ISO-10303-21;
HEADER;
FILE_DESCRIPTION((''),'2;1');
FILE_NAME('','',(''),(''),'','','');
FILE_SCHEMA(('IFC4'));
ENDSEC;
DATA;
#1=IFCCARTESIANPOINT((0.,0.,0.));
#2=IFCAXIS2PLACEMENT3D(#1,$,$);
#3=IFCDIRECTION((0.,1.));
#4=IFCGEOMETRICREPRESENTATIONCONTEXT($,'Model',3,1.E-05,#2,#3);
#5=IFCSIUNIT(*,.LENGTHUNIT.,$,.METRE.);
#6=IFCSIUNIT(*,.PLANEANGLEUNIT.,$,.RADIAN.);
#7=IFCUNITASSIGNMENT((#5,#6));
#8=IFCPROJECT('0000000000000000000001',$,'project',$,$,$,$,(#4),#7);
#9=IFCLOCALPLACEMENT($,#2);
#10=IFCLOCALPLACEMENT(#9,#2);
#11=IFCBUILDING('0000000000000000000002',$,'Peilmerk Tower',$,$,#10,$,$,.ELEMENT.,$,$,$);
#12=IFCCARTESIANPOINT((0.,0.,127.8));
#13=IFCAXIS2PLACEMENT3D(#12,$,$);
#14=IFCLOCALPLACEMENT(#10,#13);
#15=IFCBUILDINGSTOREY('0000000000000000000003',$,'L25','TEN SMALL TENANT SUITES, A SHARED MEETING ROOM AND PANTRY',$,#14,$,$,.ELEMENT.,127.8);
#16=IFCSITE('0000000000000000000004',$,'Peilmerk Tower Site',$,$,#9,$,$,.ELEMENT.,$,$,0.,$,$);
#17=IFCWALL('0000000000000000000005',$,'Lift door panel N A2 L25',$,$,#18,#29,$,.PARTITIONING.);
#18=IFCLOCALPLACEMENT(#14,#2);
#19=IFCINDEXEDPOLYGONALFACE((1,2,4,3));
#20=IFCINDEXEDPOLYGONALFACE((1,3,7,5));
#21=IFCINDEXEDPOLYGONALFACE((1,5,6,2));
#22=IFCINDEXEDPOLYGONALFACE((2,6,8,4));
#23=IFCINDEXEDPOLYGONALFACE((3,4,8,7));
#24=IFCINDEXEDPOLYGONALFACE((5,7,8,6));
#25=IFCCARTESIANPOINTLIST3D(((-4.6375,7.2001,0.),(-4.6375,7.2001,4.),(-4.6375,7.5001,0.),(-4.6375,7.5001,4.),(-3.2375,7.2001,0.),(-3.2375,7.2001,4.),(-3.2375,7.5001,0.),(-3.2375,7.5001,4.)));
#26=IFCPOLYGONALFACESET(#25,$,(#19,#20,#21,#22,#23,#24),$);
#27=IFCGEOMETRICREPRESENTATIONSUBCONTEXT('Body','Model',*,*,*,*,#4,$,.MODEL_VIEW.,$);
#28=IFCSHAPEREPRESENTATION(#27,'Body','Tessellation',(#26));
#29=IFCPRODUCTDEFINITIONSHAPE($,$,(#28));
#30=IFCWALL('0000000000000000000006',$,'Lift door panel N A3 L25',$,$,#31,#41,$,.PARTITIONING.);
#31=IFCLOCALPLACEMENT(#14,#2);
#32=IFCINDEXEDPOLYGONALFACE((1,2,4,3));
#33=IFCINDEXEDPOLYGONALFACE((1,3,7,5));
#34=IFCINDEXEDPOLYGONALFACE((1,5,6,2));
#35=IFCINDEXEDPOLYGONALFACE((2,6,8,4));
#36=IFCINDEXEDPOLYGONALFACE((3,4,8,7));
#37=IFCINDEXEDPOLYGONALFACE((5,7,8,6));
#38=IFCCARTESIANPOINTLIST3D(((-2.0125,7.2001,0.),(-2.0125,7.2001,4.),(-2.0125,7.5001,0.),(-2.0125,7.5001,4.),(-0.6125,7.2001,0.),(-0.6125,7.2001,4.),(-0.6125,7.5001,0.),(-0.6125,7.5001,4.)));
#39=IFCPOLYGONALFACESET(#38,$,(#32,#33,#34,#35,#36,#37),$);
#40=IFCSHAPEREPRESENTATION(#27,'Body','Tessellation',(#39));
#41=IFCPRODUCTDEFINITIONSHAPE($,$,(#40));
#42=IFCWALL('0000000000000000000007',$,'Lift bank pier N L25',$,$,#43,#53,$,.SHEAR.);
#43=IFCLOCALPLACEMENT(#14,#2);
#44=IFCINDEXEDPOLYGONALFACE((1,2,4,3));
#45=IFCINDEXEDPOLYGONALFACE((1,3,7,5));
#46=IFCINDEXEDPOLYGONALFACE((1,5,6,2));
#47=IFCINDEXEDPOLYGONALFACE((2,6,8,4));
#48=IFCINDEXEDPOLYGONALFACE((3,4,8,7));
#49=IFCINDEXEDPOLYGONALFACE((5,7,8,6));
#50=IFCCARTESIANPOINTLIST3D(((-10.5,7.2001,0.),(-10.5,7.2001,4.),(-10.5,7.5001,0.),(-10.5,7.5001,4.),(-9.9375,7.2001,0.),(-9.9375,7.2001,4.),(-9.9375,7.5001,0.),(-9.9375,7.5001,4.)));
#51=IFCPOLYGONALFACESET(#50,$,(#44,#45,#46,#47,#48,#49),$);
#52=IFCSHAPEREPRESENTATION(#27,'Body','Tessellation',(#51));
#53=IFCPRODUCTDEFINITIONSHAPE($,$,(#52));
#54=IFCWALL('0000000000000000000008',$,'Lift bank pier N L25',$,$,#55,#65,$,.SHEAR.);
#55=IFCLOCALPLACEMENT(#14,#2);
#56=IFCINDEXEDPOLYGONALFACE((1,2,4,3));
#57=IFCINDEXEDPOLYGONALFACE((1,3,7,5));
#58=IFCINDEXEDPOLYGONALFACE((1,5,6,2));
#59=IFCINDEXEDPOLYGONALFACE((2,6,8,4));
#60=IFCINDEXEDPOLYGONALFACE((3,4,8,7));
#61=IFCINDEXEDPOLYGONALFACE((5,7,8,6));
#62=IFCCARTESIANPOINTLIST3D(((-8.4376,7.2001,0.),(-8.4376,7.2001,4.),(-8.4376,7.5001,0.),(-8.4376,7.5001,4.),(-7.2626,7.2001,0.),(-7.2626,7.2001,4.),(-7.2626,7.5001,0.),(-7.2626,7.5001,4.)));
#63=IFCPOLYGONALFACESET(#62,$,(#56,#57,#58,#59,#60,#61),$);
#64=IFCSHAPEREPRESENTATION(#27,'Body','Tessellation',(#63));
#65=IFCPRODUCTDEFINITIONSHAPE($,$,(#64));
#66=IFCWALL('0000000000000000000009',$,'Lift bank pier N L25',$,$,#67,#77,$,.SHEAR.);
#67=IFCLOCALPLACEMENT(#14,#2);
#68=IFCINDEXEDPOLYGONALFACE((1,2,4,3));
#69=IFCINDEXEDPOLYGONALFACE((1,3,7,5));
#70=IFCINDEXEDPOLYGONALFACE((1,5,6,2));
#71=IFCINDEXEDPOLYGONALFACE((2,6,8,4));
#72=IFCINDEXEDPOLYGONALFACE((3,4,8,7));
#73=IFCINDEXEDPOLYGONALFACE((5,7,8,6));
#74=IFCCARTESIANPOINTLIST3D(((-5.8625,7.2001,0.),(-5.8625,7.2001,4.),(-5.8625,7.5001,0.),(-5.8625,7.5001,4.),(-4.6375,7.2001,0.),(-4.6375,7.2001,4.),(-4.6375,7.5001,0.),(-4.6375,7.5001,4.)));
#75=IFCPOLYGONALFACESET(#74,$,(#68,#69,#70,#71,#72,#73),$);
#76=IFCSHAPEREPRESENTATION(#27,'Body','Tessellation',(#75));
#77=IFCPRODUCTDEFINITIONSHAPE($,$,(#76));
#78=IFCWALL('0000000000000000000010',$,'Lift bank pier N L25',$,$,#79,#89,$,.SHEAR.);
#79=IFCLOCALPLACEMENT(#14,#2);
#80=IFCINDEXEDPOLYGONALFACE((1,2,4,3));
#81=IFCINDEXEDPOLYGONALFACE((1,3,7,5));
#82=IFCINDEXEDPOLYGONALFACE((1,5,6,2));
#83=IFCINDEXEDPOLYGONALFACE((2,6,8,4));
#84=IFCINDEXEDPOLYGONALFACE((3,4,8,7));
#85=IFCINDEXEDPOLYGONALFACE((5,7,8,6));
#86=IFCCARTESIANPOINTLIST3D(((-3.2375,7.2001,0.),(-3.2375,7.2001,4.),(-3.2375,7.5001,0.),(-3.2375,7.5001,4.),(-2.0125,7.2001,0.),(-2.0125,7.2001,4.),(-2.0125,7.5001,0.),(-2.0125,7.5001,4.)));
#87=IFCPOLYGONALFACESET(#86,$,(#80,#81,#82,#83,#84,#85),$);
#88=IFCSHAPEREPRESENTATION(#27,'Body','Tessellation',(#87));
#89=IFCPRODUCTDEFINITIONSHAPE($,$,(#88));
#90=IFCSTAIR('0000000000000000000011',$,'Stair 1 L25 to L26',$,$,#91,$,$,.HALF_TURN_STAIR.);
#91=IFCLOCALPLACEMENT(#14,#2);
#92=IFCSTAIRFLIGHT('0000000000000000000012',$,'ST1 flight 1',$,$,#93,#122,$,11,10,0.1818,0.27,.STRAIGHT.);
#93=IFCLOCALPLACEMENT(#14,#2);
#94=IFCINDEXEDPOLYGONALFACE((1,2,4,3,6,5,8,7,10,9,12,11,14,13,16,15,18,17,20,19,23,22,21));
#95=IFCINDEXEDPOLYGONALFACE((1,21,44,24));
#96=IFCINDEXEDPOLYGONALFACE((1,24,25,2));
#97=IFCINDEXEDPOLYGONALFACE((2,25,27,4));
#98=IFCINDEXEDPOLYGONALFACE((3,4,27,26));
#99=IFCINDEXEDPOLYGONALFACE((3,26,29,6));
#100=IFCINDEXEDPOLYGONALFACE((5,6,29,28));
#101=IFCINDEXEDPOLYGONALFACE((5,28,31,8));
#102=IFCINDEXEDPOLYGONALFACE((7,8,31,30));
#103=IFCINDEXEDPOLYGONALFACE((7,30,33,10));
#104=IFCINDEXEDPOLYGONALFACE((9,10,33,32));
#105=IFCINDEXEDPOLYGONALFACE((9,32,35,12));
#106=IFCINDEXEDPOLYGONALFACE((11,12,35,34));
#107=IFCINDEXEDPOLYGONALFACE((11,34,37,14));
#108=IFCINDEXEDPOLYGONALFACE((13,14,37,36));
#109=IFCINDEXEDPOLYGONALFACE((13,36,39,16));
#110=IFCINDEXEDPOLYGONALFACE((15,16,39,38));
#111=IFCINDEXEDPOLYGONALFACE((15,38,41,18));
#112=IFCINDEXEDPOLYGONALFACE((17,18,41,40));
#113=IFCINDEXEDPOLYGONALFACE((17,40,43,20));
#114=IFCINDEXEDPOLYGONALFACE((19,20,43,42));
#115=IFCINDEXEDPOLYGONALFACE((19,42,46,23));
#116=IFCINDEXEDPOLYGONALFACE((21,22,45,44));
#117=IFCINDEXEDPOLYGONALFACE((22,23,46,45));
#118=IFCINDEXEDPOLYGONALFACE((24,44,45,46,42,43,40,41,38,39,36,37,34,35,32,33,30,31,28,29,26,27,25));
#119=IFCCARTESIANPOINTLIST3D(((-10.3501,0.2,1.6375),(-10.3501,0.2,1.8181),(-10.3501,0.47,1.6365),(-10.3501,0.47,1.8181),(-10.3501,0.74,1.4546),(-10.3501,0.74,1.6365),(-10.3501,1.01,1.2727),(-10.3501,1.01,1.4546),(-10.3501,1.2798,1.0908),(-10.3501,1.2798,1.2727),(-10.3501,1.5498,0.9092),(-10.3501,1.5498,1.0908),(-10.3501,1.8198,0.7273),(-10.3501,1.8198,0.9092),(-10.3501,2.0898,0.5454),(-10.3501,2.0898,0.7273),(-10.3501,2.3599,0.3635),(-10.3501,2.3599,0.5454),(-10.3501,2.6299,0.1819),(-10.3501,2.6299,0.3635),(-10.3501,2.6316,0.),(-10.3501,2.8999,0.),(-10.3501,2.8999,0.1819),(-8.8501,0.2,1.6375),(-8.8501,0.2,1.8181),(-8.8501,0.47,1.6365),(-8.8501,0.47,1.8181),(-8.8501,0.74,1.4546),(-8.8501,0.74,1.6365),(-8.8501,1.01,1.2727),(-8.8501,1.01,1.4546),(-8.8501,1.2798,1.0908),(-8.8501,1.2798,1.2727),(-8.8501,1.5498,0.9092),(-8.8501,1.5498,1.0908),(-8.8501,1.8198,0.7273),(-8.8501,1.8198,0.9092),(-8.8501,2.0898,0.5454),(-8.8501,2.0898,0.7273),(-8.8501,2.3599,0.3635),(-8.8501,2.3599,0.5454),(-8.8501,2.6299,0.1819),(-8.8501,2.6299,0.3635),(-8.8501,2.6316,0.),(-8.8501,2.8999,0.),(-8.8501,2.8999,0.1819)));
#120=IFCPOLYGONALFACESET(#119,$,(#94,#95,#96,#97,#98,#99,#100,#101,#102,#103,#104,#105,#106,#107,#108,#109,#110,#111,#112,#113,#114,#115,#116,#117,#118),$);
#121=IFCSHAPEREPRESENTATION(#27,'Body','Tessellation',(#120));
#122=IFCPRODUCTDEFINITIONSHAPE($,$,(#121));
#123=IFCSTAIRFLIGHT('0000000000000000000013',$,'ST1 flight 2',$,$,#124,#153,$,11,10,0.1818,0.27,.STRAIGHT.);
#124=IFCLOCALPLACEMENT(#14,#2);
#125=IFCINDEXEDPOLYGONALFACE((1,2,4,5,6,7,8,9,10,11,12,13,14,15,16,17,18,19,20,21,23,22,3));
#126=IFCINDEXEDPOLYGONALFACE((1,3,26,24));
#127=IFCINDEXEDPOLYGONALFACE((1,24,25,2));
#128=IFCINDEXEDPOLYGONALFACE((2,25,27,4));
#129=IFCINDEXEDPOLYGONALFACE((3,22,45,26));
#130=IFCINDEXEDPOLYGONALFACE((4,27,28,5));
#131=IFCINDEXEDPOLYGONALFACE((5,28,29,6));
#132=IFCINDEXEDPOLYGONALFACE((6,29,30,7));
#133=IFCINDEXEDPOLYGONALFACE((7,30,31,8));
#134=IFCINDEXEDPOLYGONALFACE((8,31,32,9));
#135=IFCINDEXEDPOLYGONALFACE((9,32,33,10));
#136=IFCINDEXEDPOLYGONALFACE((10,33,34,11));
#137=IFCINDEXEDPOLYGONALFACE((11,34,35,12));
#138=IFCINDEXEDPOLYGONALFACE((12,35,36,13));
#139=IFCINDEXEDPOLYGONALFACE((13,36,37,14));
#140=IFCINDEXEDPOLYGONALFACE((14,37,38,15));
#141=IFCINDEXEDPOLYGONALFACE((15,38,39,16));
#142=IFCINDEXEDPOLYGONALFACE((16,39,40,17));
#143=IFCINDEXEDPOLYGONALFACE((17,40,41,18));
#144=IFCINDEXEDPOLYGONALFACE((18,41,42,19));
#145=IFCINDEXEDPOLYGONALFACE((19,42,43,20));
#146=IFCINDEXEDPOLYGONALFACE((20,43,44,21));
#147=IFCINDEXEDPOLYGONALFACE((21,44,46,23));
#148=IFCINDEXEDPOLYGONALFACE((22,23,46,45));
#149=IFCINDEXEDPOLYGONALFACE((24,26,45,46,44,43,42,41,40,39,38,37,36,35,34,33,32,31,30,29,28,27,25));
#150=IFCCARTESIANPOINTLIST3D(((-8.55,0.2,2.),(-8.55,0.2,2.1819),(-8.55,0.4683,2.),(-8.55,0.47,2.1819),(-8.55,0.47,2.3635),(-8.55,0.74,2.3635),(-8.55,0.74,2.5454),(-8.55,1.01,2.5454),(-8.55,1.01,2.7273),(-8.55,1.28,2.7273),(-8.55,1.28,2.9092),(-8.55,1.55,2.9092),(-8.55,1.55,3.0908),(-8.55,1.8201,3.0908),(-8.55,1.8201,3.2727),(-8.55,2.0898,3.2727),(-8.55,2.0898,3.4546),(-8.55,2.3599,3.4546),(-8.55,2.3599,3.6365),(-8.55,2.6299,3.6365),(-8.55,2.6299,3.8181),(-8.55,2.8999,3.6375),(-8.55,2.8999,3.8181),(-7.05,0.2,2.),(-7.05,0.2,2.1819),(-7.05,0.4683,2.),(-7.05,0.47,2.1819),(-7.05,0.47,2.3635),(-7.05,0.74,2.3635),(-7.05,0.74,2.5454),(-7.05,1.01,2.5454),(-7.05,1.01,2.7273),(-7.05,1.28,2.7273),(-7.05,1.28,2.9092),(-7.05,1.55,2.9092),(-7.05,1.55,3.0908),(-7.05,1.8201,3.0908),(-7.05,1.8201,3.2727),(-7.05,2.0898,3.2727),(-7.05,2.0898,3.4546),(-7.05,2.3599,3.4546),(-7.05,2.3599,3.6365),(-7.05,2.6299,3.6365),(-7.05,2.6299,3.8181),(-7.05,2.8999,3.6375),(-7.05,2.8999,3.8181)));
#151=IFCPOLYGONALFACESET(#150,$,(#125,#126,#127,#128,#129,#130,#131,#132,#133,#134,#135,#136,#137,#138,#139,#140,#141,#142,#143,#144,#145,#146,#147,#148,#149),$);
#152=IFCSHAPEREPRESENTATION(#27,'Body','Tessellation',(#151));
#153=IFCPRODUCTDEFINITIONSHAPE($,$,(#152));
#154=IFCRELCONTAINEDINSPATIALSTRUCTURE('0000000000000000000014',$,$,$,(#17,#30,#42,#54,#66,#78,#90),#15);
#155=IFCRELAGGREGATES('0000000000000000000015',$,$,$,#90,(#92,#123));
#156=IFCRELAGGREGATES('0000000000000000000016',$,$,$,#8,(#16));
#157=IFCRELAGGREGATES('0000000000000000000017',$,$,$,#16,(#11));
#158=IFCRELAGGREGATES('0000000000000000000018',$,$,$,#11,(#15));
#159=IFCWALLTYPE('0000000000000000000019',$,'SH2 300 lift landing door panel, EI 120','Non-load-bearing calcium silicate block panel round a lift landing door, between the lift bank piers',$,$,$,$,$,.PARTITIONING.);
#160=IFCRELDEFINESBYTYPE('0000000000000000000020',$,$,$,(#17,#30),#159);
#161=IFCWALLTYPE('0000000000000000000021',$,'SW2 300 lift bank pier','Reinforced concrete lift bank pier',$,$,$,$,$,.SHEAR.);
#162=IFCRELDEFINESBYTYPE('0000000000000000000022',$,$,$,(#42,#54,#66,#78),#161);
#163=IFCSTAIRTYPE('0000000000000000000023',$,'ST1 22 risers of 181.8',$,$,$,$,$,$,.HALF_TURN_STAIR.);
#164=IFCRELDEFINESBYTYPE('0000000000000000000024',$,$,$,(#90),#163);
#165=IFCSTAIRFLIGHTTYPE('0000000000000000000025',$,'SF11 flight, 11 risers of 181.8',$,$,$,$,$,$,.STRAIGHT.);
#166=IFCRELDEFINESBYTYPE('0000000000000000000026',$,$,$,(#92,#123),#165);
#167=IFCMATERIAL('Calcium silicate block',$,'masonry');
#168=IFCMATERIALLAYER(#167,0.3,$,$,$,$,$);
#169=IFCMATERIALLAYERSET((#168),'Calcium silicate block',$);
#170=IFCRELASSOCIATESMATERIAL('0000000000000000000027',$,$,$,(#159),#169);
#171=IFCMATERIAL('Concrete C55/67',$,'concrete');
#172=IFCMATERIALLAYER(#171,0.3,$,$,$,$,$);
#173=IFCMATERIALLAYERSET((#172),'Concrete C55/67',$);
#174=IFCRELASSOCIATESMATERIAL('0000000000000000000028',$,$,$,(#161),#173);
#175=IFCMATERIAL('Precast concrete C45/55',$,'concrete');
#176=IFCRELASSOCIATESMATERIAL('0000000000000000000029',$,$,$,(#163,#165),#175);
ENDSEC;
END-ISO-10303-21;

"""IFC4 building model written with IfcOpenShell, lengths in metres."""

from ifc_helpers import new_model, si_unit, direction, frame, frame_2d, origin, place, context, subcontext, project, spatial, polyline, rectangle, outline, extrude, material, layer, layer_set, type_object, element, aggregate, save


model = new_model("IFC4")

# Units and contexts
model_context = context("Model", 3, precision=1e-05, world=origin(), true_north=direction((0.0, 1.0)))
body_context = subcontext(model_context, "Body", "Model", "MODEL_VIEW")
ifc_project = project(units=[si_unit("LENGTHUNIT", "METRE"), si_unit("PLANEANGLEUNIT", "RADIAN")], contexts=[model_context])

# Site, building, storey
site_placement = place(None, origin())
site = spatial("IfcSite", under=ifc_project, at=site_placement, Name="Peilmerk Tower Site", CompositionType="ELEMENT", RefElevation=0.0)
building_placement = place(site_placement, origin())
building = spatial("IfcBuilding", under=site, at=building_placement, Name="Peilmerk Tower", CompositionType="ELEMENT")
storey_placement = place(building_placement, frame((0.0, 0.0, 127.8)))
storey = spatial("IfcBuildingStorey", under=building, at=storey_placement, Name="L25", Description="TEN SMALL TENANT SUITES, A SHARED MEETING ROOM AND PANTRY", CompositionType="ELEMENT", Elevation=127.8)

# Shared definitions
ifc_material_1 = material(Name="Concrete C55/67", Category="concrete")

# Shared definitions
ifc_material_2 = material(Name="Calcium silicate block", Category="masonry")
ifc_layer_1 = layer(ifc_material_2, 0.3)
ifc_layer_set_1 = layer_set([ifc_layer_1], Name="Calcium silicate block")
wall_type_1 = type_object("IfcWallType", Name="SH2 300 lift landing door panel, EI 120", Description="Non-load-bearing calcium silicate block panel round a lift landing door, between the lift bank piers", PredefinedType="PARTITIONING", material=ifc_layer_set_1)

# Walls
for number, where, z_axis, x_axis, name in (
    (1, (-4.6375, 7.3501, 0.0), (0.0, 0.0, 1.0), (1.0, 0.0, 0.0), "Lift door panel N A2 L25"),
    (2, (-2.0125, 7.3501, 0.0), (0.0, 0.0, 1.0), (1.0, 0.0, 0.0), "Lift door panel N A3 L25"),
):
    element("IfcWall", number, at=place(storey_placement, frame(where, z_axis=z_axis, x_axis=x_axis)), inside=storey, type_object=wall_type_1, Name=name, PredefinedType="PARTITIONING", context=body_context, shape_type="SweptSolid", body=[
        extrude(rectangle(XDim=1.3999, YDim=0.3, at=frame_2d((0.7, 0.0))), origin(), (0.0, 0.0, 1.0), 4.0),
    ])
ifc_layer_2 = layer(ifc_material_1, 0.3)
ifc_layer_set_2 = layer_set([ifc_layer_2], Name="Concrete C55/67")
wall_type_2 = type_object("IfcWallType", Name="SW2 300 lift bank pier", Description="Reinforced concrete lift bank pier", PredefinedType="SHEAR", material=ifc_layer_set_2)
wall_1_placement = place(storey_placement, frame((-10.5, 7.3501, 0.0), z_axis=(0.0, 0.0, 1.0), x_axis=(1.0, 0.0, 0.0)))
element("IfcWall", 3, at=wall_1_placement, inside=storey, type_object=wall_type_2, Name="Lift bank pier N L25", PredefinedType="SHEAR", context=body_context, shape_type="SweptSolid", body=[
    extrude(rectangle(XDim=0.5625, YDim=0.3, at=frame_2d((0.2812, 0.0))), origin(), (0.0, 0.0, 1.0), 4.0),
])
wall_2_placement = place(storey_placement, frame((-8.4375, 7.3501, 0.0), z_axis=(0.0, 0.0, 1.0), x_axis=(1.0, 0.0, 0.0)))
element("IfcWall", 4, at=wall_2_placement, inside=storey, type_object=wall_type_2, Name="Lift bank pier N L25", PredefinedType="SHEAR", context=body_context, shape_type="SweptSolid", body=[
    extrude(rectangle(XDim=1.175, YDim=0.3, at=frame_2d((0.5874, 0.0))), origin(), (0.0, 0.0, 1.0), 4.0),
])
for number, where, z_axis, x_axis, name in (
    (5, (-5.8625, 7.3501, 0.0), (0.0, 0.0, 1.0), (1.0, 0.0, 0.0), "Lift bank pier N L25"),
    (6, (-3.2375, 7.3501, 0.0), (0.0, 0.0, 1.0), (1.0, 0.0, 0.0), "Lift bank pier N L25"),
):
    element("IfcWall", number, at=place(storey_placement, frame(where, z_axis=z_axis, x_axis=x_axis)), inside=storey, type_object=wall_type_2, Name=name, PredefinedType="SHEAR", context=body_context, shape_type="SweptSolid", body=[
        extrude(rectangle(XDim=1.2251, YDim=0.3, at=frame_2d((0.6125, 0.0))), origin(), (0.0, 0.0, 1.0), 4.0),
    ])

# Stair, stair flights
ifc_material_3 = material(Name="Precast concrete C45/55", Category="concrete")
stair_type = type_object("IfcStairType", Name="ST1 22 risers of 181.8", PredefinedType="HALF_TURN_STAIR", material=ifc_material_3)
stair_placement = place(storey_placement, origin())
stair = element("IfcStair", 7, at=stair_placement, inside=storey, type_object=stair_type, Name="Stair 1 L25 to L26", PredefinedType="HALF_TURN_STAIR")
stair_flight_type = type_object("IfcStairFlightType", Name="SF11 flight, 11 risers of 181.8", PredefinedType="STRAIGHT", material=ifc_material_3)
stair_flight_1_placement = place(storey_placement, frame((-9.6001, 2.8999, 0.0), z_axis=(0.0, 0.0, 1.0), x_axis=(0.0, -1.0, 0.0)))
stair_flight_1 = element("IfcStairFlight", 8, at=stair_flight_1_placement, type_object=stair_flight_type, Name="ST1 flight 1", NumberOfRisers=11, NumberOfTreads=10, PredefinedType="STRAIGHT", RiserHeight=0.1818, TreadLength=0.27, context=body_context, shape_type="SweptSolid", body=[
    extrude(outline(polyline([(0.0, 0.0), (0.0, 0.1819), (0.27, 0.1819), (0.27, 0.3635), (0.54, 0.3635), (0.54, 0.5454), (0.8101, 0.5454), (0.8101, 0.7273), (1.0801, 0.7273), (1.0801, 0.9092), (1.3501, 0.9092), (1.3501, 1.0908), (1.6201, 1.0908), (1.6201, 1.2727), (1.8899, 1.2727), (1.8899, 1.4546), (2.1599, 1.4546), (2.1599, 1.6365), (2.4299, 1.6365), (2.4299, 1.8181), (2.7, 1.8181), (2.7, 2.0), (2.7, 1.6375), (0.2683, 0.0), (0.0, 0.0)])), frame((0.0, 0.75, 0.0), z_axis=(0.0, -1.0, 0.0), x_axis=(1.0, 0.0, 0.0)), (0.0, 0.0, 1.0), 1.5),
])
stair_flight_2_placement = place(storey_placement, frame((-7.8, 0.2, 2.0), z_axis=(0.0, 0.0, 1.0), x_axis=(0.0, 1.0, 0.0)))
stair_flight_2 = element("IfcStairFlight", 9, at=stair_flight_2_placement, type_object=stair_flight_type, Name="ST1 flight 2", NumberOfRisers=11, NumberOfTreads=10, PredefinedType="STRAIGHT", RiserHeight=0.1818, TreadLength=0.27, context=body_context, shape_type="SweptSolid", body=[
    extrude(outline(polyline([(0.0, 0.0), (0.0, 0.1819), (0.27, 0.1819), (0.27, 0.3635), (0.54, 0.3635), (0.54, 0.5454), (0.8101, 0.5454), (0.8101, 0.7273), (1.0801, 0.7273), (1.0801, 0.9092), (1.3501, 0.9092), (1.3501, 1.0908), (1.6201, 1.0908), (1.6201, 1.2727), (1.8899, 1.2727), (1.8899, 1.4546), (2.1599, 1.4546), (2.1599, 1.6365), (2.4299, 1.6365), (2.4299, 1.8181), (2.7, 1.8181), (2.7, 2.0), (2.7, 1.6375), (0.2683, 0.0), (0.0, 0.0)])), frame((0.0, 0.75, 0.0), z_axis=(0.0, -1.0, 0.0), x_axis=(1.0, 0.0, 0.0)), (0.0, 0.0, 1.0), 1.5),
])
aggregate(stair, [stair_flight_1, stair_flight_2])

save(model, "model.ifc")
